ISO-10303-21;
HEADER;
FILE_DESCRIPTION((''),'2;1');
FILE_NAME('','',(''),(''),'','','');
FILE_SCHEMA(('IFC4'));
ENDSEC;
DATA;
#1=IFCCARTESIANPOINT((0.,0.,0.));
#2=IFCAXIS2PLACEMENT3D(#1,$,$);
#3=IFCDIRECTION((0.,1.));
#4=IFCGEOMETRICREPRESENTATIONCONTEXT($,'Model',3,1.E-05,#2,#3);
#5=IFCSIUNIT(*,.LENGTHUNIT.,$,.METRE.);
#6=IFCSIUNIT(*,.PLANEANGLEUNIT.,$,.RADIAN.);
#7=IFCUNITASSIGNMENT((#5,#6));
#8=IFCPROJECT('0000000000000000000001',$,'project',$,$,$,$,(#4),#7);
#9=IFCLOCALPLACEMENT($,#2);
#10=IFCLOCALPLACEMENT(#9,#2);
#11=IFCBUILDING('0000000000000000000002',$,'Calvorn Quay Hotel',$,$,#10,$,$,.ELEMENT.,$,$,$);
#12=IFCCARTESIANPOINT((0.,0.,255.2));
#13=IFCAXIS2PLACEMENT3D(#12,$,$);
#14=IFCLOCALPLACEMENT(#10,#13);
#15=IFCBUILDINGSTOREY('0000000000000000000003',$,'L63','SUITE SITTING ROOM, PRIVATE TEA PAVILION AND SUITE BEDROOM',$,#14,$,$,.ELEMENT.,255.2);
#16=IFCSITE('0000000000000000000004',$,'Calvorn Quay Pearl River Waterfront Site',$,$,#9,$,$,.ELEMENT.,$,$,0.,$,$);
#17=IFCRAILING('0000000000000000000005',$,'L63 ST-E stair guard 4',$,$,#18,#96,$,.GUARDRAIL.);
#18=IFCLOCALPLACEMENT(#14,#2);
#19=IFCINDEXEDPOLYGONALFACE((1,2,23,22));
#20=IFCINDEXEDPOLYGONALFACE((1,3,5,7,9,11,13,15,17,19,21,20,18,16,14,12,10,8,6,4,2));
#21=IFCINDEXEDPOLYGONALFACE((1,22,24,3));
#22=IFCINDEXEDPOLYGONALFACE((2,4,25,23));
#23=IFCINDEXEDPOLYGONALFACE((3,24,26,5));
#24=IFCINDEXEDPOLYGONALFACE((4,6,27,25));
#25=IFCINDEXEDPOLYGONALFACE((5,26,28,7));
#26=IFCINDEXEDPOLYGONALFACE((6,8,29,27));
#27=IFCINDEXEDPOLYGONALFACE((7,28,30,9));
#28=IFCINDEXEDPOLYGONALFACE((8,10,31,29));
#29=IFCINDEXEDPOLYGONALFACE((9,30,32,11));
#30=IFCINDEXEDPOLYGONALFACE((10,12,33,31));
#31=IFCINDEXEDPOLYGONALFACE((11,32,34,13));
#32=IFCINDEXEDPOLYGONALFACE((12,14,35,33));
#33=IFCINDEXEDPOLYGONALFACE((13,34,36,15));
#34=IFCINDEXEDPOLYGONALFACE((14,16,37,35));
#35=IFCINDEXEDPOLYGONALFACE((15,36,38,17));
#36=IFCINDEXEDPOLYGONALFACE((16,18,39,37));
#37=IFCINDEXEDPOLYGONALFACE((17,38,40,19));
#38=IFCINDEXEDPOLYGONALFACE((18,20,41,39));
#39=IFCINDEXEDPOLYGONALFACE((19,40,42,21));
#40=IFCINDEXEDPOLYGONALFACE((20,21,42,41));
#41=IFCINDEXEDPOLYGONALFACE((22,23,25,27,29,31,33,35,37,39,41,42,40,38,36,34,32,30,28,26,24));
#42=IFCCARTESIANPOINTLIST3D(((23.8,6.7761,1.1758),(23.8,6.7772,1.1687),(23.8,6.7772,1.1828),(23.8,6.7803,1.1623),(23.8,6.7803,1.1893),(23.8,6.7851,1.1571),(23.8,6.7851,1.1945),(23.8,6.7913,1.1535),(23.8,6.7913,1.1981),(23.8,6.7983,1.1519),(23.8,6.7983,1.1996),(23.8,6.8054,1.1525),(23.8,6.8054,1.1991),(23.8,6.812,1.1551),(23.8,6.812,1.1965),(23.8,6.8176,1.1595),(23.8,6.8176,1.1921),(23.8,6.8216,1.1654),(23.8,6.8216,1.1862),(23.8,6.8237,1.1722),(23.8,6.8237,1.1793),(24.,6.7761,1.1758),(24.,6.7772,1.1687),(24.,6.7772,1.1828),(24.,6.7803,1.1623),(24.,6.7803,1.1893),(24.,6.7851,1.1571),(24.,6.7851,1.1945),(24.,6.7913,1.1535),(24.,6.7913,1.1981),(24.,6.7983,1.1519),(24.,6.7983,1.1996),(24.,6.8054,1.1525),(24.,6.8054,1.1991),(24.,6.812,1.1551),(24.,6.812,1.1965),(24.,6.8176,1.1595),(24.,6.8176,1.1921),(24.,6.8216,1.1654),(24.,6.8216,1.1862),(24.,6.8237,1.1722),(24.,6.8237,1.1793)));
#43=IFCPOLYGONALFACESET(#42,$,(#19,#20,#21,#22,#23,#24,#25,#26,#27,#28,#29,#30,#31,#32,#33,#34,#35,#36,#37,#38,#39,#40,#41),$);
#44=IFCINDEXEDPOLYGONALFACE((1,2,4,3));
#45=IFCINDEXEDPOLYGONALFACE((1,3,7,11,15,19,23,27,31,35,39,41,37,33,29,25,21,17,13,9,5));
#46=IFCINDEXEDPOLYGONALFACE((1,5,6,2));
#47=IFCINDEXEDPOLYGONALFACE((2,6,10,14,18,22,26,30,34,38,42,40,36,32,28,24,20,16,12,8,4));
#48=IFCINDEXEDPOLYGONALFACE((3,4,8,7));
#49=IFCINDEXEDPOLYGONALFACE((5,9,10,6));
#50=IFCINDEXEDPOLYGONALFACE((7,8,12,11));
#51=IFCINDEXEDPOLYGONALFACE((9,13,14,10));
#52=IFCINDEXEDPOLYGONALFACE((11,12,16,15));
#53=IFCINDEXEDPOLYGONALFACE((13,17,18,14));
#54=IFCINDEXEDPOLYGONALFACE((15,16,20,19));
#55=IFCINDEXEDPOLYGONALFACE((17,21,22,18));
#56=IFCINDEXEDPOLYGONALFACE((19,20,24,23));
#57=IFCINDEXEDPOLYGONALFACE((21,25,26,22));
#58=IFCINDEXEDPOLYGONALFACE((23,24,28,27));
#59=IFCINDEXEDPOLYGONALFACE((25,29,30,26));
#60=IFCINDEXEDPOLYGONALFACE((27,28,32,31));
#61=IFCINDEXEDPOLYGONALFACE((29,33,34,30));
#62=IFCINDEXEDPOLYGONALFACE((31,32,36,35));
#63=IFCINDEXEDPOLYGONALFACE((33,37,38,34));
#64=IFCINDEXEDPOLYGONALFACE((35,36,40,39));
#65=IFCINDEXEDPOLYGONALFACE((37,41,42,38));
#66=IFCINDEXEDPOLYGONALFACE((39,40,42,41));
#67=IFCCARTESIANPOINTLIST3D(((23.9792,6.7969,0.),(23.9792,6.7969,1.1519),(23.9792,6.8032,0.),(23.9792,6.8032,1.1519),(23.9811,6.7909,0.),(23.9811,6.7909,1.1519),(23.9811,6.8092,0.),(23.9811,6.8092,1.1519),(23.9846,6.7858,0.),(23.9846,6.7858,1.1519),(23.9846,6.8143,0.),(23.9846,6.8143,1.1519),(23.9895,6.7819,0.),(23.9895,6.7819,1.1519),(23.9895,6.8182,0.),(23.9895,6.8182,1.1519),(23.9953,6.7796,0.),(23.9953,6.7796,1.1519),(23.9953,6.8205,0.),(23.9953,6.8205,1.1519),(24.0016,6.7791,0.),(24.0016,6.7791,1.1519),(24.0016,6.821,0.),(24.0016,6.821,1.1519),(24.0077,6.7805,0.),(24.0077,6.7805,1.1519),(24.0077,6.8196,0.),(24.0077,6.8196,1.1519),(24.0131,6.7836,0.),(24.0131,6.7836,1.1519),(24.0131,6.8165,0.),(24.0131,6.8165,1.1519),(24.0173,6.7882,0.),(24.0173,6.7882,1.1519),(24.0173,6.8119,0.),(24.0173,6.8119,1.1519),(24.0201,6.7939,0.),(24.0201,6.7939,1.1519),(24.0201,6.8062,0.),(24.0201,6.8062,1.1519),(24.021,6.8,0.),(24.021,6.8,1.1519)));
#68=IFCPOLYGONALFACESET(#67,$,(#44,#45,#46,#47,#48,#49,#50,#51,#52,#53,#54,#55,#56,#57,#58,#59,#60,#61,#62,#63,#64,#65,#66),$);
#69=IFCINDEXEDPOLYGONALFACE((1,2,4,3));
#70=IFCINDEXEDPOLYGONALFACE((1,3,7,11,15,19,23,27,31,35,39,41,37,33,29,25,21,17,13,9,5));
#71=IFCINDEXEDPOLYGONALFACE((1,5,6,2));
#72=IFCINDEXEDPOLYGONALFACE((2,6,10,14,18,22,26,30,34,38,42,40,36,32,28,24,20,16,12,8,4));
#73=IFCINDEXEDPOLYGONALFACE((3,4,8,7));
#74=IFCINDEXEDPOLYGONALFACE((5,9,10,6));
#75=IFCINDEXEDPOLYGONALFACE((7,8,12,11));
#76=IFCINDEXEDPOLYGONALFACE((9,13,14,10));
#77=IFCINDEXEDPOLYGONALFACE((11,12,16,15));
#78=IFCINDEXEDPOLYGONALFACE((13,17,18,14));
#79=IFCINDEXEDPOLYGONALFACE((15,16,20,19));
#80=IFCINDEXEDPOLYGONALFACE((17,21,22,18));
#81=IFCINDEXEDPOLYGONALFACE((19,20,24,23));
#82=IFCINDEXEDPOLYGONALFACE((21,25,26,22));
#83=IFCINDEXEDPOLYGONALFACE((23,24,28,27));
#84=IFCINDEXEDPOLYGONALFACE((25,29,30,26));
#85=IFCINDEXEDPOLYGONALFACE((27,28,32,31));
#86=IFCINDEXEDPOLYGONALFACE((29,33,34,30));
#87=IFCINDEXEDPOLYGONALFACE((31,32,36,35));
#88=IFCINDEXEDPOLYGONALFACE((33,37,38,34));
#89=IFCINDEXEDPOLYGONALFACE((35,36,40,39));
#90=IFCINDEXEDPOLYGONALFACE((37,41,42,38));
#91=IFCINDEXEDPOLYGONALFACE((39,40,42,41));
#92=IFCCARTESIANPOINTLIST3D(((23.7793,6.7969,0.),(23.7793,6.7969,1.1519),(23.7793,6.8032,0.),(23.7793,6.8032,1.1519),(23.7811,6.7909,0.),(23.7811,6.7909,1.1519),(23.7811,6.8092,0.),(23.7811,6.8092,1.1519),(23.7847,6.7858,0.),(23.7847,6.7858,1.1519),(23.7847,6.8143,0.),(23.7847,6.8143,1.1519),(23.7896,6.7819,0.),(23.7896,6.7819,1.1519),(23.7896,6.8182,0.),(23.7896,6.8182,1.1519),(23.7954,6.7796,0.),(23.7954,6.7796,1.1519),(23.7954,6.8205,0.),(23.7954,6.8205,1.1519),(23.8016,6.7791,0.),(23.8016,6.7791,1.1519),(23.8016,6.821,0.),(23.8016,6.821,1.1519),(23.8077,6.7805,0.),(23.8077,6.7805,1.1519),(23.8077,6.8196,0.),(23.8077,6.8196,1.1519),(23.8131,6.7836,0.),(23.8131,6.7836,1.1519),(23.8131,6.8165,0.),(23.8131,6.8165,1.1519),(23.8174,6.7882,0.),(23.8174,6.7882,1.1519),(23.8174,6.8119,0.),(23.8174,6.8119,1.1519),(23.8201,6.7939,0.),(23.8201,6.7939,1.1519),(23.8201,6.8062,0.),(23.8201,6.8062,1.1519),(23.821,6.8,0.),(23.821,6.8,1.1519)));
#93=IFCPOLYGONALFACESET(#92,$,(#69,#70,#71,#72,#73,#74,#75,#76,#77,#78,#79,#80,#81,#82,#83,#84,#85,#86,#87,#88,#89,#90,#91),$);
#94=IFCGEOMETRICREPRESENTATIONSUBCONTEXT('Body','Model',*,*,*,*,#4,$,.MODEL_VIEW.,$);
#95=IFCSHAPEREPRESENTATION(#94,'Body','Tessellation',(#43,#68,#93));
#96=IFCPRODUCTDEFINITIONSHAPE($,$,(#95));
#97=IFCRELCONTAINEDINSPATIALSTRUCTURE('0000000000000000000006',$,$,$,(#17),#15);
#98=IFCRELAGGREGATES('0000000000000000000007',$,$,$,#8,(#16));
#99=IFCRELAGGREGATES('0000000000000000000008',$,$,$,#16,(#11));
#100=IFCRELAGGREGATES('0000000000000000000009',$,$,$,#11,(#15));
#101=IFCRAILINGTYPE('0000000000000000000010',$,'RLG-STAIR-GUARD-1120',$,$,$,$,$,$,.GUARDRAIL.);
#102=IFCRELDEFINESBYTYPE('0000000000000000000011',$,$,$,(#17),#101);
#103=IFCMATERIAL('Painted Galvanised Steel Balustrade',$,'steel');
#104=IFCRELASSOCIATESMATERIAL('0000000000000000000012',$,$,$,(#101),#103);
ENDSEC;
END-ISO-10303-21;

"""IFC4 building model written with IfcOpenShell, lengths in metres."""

from ifc_helpers import new_model, si_unit, direction, frame, origin, origin_2d, place, context, subcontext, project, spatial, circle, extrude, material, type_object, element, save


model = new_model("IFC4")

# Units and contexts
model_context = context("Model", 3, precision=1e-05, world=origin(), true_north=direction((0.0, 1.0)))
body_context = subcontext(model_context, "Body", "Model", "MODEL_VIEW")
ifc_project = project(units=[si_unit("LENGTHUNIT", "METRE"), si_unit("PLANEANGLEUNIT", "RADIAN")], contexts=[model_context])

# Site, building, storey
site_placement = place(None, origin())
site = spatial("IfcSite", under=ifc_project, at=site_placement, Name="Calvorn Quay Pearl River Waterfront Site", CompositionType="ELEMENT", RefElevation=0.0)
building_placement = place(site_placement, origin())
building = spatial("IfcBuilding", under=site, at=building_placement, Name="Calvorn Quay Hotel", CompositionType="ELEMENT")
storey_placement = place(building_placement, frame((0.0, 0.0, 255.2)))
storey = spatial("IfcBuildingStorey", under=building, at=storey_placement, Name="L63", Description="SUITE SITTING ROOM, PRIVATE TEA PAVILION AND SUITE BEDROOM", CompositionType="ELEMENT", Elevation=255.2)

# Railing
ifc_material_1 = material(Name="Painted Galvanised Steel Balustrade", Category="steel")
railing_type_1 = type_object("IfcRailingType", Name="RLG-STAIR-GUARD-1120", PredefinedType="GUARDRAIL", material=ifc_material_1)
railing_1_placement = place(storey_placement, frame((24.0, 6.8, 0.0)))
element("IfcRailing", 1, at=railing_1_placement, inside=storey, type_object=railing_type_1, Name="L63 ST-E stair guard 4", PredefinedType="GUARDRAIL", context=body_context, shape_type="SweptSolid", body=[
    extrude(circle(Radius=0.0239, at=origin_2d()), frame((0.0, 0.0, 1.1758), z_axis=(-1.0, 0.0, 0.0), x_axis=(0.0, -1.0, 0.0)), (0.0, 0.0, 1.0), 0.2),
    extrude(circle(Radius=0.021, at=origin_2d()), origin(), (0.0, 0.0, 1.0), 1.1519),
    extrude(circle(Radius=0.021, at=origin_2d()), frame((-0.2, 0.0, 0.0)), (0.0, 0.0, 1.0), 1.1519),
])

save(model, "model.ifc")
